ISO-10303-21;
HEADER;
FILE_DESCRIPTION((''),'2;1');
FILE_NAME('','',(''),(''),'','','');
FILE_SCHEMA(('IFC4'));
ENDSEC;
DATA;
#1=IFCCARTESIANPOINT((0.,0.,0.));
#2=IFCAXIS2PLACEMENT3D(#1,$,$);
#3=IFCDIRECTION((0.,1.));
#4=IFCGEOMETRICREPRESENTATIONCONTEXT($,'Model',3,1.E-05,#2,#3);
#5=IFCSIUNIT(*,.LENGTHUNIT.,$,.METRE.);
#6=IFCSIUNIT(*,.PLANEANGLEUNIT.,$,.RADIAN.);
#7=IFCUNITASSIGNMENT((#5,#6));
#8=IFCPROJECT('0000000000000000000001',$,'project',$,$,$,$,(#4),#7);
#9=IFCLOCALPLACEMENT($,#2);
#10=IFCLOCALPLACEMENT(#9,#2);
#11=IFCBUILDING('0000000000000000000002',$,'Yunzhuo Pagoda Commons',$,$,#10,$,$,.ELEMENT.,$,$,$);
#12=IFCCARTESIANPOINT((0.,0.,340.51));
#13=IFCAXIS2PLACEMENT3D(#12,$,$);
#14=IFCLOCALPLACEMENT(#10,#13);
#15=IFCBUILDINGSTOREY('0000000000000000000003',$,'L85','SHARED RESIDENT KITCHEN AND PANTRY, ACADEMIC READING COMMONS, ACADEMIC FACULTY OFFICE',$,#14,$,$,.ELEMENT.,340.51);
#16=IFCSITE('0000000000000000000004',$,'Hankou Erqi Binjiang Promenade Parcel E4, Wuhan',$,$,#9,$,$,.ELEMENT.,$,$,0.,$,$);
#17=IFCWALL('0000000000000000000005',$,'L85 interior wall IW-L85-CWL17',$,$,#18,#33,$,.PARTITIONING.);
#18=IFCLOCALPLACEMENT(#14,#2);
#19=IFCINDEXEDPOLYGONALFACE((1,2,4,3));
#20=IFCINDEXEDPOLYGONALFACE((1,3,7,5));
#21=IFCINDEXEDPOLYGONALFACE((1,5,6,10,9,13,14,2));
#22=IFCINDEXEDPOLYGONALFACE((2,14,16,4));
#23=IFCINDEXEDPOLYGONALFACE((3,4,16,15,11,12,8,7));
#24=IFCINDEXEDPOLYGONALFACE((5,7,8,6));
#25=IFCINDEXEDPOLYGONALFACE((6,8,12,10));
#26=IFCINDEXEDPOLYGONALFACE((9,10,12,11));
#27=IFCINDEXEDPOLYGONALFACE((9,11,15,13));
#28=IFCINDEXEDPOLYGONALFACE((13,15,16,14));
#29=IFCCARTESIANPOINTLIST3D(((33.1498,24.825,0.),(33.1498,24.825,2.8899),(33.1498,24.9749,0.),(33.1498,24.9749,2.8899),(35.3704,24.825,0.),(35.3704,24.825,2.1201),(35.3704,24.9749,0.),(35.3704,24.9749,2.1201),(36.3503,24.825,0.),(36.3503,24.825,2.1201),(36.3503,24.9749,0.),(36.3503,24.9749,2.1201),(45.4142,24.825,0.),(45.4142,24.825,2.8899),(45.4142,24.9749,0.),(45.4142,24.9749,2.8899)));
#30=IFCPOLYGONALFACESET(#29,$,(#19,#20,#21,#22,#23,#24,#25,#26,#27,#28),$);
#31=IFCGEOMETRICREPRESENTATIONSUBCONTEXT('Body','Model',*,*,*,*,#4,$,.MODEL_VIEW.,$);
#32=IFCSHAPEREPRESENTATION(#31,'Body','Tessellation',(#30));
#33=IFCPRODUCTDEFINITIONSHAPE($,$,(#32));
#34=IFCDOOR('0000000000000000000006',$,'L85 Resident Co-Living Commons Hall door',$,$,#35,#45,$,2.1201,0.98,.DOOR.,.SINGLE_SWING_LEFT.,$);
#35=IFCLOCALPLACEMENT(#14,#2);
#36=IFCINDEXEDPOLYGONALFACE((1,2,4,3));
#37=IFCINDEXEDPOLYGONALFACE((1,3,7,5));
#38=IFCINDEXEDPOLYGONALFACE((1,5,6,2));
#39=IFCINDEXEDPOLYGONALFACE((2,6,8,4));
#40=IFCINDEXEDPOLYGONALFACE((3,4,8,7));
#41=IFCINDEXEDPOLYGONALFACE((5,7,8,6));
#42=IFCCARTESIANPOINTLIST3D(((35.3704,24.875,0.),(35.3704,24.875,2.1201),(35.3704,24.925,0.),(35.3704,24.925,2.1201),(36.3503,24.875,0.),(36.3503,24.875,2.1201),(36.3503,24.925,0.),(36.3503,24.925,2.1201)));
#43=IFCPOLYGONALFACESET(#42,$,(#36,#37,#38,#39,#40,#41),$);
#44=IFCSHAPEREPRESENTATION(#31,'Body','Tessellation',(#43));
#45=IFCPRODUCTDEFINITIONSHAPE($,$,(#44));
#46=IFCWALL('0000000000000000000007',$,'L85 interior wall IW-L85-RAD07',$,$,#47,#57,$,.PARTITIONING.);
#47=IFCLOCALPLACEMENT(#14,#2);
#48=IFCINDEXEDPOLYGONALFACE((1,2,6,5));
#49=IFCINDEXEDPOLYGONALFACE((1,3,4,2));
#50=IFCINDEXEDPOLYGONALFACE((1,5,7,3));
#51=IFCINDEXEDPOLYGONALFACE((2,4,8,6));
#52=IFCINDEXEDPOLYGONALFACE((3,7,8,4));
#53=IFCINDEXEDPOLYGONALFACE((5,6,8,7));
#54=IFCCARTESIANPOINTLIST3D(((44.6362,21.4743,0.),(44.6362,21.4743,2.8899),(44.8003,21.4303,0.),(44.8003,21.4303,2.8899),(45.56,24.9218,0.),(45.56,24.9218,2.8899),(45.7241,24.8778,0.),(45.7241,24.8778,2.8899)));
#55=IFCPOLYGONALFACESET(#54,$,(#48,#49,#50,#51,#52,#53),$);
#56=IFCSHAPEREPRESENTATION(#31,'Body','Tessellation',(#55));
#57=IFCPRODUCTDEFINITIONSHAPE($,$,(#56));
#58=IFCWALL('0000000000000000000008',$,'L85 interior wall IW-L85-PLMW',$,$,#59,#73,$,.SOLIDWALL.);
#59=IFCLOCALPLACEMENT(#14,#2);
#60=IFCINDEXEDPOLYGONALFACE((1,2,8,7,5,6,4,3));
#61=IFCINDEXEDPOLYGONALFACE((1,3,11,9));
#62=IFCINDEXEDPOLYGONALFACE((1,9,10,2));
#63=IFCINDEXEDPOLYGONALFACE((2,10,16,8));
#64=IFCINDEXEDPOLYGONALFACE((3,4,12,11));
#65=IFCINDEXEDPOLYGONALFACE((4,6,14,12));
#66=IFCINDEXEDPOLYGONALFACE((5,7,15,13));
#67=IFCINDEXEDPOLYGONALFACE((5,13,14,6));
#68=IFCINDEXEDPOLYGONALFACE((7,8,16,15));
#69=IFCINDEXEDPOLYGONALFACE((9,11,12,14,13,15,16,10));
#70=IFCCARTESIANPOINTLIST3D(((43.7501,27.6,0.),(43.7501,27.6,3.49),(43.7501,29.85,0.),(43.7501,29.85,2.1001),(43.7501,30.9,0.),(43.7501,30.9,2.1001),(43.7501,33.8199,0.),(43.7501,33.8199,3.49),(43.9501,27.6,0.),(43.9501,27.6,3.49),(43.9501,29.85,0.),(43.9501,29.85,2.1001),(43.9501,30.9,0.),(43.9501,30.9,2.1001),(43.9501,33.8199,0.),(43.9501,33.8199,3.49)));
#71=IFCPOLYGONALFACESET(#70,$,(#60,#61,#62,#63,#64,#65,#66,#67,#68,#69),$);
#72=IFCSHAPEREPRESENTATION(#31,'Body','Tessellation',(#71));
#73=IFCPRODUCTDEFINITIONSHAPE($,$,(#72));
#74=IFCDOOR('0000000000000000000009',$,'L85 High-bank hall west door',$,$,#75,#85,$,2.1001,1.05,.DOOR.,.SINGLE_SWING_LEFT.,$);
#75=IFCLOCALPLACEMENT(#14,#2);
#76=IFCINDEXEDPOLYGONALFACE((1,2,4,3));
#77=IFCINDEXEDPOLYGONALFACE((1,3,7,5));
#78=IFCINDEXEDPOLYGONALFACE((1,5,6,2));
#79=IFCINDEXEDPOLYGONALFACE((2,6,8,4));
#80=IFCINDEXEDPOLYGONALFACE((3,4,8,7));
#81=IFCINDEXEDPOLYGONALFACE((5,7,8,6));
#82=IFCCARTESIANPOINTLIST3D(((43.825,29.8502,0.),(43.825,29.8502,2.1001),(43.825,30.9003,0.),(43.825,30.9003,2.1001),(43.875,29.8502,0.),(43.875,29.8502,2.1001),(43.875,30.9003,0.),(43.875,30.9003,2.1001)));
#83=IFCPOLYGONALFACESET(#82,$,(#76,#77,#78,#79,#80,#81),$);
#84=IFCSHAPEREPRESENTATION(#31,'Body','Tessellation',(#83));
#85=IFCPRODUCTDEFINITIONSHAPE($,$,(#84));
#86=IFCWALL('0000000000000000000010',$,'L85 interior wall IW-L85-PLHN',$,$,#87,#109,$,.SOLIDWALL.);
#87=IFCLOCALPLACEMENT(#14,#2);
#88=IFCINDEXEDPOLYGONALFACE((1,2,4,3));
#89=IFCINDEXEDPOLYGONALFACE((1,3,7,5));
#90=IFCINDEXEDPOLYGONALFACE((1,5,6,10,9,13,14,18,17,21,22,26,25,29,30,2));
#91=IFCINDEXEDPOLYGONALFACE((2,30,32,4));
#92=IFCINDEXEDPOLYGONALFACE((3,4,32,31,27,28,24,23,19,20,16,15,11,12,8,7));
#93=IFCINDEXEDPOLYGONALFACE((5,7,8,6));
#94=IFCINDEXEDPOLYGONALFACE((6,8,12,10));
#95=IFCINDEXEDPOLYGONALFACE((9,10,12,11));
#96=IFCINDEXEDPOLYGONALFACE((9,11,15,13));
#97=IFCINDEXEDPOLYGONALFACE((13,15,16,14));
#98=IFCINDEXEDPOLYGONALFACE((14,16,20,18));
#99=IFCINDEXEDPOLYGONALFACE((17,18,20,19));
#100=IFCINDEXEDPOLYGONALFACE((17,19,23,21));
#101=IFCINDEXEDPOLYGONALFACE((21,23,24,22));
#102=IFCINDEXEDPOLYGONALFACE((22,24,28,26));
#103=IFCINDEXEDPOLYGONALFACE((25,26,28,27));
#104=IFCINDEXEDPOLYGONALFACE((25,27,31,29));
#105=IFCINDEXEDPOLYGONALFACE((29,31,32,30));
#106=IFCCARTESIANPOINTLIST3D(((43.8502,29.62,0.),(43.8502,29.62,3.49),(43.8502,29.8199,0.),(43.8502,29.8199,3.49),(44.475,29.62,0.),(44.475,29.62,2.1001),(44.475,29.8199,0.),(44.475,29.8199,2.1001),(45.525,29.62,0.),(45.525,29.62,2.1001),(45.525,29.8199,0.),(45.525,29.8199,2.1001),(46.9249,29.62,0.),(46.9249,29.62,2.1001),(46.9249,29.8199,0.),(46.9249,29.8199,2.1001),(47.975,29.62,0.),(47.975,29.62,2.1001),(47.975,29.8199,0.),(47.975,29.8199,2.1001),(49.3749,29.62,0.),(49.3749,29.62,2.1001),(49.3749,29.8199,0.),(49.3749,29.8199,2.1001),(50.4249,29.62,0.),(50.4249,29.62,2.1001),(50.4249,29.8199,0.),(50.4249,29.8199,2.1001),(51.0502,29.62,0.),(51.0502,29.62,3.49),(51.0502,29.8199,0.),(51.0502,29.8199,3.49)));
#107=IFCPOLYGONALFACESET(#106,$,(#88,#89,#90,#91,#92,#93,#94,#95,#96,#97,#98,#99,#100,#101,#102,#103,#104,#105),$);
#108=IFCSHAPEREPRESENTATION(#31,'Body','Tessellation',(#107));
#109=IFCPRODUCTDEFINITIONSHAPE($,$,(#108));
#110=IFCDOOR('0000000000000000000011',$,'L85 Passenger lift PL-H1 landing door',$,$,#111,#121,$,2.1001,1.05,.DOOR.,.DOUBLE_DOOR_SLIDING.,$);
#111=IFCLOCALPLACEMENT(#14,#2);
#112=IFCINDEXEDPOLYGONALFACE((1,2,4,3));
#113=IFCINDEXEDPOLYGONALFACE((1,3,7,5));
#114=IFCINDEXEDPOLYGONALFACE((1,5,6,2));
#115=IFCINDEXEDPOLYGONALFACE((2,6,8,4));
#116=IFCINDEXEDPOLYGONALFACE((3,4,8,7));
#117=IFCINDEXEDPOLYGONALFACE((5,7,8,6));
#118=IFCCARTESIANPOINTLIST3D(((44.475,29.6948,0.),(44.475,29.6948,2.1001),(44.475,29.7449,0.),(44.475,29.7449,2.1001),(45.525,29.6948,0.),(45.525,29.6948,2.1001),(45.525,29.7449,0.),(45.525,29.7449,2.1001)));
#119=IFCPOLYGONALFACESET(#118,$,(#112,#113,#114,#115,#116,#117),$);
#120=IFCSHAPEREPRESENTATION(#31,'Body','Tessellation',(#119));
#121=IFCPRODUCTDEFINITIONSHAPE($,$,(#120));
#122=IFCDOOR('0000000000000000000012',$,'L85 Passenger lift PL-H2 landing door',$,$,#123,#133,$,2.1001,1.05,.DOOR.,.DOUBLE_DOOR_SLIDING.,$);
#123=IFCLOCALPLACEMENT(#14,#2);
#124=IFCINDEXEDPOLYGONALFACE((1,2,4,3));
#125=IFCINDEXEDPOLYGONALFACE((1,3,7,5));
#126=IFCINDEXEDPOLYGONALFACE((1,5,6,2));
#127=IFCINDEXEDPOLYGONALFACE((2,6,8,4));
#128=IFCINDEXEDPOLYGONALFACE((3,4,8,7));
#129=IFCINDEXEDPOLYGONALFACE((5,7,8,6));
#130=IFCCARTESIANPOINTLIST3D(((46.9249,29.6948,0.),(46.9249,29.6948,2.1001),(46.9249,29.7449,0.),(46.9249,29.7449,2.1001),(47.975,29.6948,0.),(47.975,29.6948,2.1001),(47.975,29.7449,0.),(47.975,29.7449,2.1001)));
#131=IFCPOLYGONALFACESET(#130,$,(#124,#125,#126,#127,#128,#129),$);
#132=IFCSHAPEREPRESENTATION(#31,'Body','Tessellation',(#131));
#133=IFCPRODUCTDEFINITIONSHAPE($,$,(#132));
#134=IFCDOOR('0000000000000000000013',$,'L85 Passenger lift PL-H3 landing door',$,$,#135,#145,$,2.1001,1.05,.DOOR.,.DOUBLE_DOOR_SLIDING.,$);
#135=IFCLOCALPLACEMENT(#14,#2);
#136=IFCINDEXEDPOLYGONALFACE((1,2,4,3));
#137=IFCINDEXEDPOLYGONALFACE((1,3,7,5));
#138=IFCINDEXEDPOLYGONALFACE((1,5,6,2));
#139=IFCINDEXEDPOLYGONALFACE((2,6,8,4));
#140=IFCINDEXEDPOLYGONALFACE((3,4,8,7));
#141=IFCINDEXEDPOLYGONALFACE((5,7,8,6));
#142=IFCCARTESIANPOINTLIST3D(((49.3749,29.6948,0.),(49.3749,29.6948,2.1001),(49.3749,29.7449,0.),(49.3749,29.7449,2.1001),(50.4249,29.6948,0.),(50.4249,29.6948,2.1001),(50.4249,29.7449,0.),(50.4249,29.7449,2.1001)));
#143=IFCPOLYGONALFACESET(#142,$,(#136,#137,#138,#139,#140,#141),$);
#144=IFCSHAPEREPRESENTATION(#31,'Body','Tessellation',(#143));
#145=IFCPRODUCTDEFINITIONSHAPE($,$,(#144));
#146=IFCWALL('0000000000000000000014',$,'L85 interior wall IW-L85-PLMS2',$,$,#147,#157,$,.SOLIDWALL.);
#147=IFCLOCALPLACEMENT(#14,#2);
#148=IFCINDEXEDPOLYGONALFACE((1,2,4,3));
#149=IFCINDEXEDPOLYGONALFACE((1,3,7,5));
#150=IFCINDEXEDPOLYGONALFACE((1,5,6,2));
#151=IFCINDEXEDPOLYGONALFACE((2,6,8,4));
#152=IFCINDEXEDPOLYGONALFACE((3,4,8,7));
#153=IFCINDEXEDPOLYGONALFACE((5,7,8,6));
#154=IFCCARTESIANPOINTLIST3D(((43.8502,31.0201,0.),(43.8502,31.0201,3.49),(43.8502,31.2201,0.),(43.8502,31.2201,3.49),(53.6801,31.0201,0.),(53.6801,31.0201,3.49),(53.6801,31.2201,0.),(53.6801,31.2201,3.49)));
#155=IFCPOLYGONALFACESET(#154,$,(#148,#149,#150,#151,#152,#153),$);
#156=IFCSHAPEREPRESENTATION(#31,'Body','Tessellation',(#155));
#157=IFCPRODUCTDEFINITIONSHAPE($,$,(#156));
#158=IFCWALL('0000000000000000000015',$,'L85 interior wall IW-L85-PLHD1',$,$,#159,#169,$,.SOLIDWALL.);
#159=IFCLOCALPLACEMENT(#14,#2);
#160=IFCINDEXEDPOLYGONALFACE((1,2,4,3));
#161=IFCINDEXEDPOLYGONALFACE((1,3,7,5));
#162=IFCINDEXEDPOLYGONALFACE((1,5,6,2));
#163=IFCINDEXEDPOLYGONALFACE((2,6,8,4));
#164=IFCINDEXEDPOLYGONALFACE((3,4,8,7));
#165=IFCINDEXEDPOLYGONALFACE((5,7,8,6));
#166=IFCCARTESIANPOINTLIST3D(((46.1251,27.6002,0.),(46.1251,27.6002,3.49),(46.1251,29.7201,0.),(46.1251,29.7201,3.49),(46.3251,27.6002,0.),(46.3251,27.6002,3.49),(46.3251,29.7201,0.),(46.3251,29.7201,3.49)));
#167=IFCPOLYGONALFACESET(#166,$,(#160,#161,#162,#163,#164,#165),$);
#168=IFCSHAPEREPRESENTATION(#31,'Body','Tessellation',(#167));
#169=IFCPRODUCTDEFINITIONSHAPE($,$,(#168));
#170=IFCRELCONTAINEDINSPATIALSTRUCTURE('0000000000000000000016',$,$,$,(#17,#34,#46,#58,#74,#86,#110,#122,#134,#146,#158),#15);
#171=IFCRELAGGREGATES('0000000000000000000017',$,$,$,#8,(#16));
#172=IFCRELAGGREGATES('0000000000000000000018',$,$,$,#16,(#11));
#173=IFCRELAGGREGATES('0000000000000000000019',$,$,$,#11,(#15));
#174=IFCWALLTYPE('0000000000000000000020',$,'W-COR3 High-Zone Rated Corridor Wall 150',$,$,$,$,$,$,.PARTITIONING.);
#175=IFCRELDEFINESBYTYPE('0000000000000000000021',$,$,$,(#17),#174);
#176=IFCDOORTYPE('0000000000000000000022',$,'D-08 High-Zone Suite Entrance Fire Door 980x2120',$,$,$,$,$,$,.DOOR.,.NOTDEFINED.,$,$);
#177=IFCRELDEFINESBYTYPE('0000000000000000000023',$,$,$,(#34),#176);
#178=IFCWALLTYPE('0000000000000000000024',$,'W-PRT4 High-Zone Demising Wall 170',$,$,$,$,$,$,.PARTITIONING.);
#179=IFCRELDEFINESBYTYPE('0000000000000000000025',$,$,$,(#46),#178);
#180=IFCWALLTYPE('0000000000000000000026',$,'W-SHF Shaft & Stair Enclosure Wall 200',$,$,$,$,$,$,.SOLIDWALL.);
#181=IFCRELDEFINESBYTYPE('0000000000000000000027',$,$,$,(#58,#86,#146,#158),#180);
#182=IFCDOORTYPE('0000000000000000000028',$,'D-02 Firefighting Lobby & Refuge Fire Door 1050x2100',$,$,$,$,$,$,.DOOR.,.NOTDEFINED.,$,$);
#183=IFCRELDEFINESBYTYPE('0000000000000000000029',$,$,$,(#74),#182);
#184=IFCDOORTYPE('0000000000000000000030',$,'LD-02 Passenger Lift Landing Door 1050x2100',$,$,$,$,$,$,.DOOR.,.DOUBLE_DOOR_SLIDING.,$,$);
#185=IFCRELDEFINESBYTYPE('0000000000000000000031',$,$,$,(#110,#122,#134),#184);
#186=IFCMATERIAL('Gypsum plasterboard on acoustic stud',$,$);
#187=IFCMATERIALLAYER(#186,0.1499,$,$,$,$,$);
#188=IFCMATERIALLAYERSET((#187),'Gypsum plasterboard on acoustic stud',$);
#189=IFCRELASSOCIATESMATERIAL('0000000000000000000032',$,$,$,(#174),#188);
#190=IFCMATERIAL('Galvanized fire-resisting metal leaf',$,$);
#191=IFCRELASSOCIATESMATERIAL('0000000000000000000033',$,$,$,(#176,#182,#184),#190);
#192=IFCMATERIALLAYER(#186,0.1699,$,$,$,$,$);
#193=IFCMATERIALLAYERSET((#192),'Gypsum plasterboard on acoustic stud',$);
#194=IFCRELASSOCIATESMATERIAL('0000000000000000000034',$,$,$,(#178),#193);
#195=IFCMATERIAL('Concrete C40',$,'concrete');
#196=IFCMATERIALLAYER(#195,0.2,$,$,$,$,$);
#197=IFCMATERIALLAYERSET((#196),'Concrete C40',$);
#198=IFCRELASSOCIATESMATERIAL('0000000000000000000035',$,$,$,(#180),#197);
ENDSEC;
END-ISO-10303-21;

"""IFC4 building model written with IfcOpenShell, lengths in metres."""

from ifc_helpers import new_model, si_unit, direction, frame, frame_2d, origin, origin_with_axes, place, context, subcontext, project, spatial, rectangle, extrude, source, transform, mapped, material, layer, layer_set, type_object, element, fill, save


model = new_model("IFC4")

# Units and contexts
model_context = context("Model", 3, precision=1e-05, world=origin(), true_north=direction((0.0, 1.0)))
body_context = subcontext(model_context, "Body", "Model", "MODEL_VIEW")
ifc_project = project(units=[si_unit("LENGTHUNIT", "METRE"), si_unit("PLANEANGLEUNIT", "RADIAN")], contexts=[model_context])

# Site, building, storey
site_placement = place(None, origin())
site = spatial("IfcSite", under=ifc_project, at=site_placement, Name="Hankou Erqi Binjiang Promenade Parcel E4, Wuhan", CompositionType="ELEMENT", RefElevation=0.0)
building_placement = place(site_placement, origin())
building = spatial("IfcBuilding", under=site, at=building_placement, Name="Yunzhuo Pagoda Commons", CompositionType="ELEMENT")
storey_placement = place(building_placement, frame((0.0, 0.0, 340.51)))
storey = spatial("IfcBuildingStorey", under=building, at=storey_placement, Name="L85", Description="SHARED RESIDENT KITCHEN AND PANTRY, ACADEMIC READING COMMONS, ACADEMIC FACULTY OFFICE", CompositionType="ELEMENT", Elevation=340.51)

# Shared definitions
ifc_material_1 = material(Name="Gypsum plasterboard on acoustic stud")
ifc_layer_1 = layer(ifc_material_1, 0.1499)
ifc_layer_set_1 = layer_set([ifc_layer_1], Name="Gypsum plasterboard on acoustic stud")
wall_type_1 = type_object("IfcWallType", Name="W-COR3 High-Zone Rated Corridor Wall 150", PredefinedType="PARTITIONING", material=ifc_layer_set_1)
ifc_material_2 = material(Name="Galvanized fire-resisting metal leaf")

# Wall, opening, door
wall_1_placement = place(storey_placement, frame((45.4143, 24.8999, 0.0), z_axis=(0.0, 0.0, 1.0), x_axis=(-1.0, 0.0, 0.0)))
wall_1 = element("IfcWall", 1, at=wall_1_placement, inside=storey, type_object=wall_type_1, Name="L85 interior wall IW-L85-CWL17", PredefinedType="PARTITIONING", context=body_context, shape_type="SweptSolid", body=[
    extrude(rectangle(XDim=12.2644, YDim=0.1499, at=frame_2d((6.1323, 0.0))), origin(), (0.0, 0.0, 1.0), 2.8899),
])
opening_1_placement = place(wall_1_placement, frame((9.064, 0.0, 0.0)))
opening_1 = element("IfcOpeningElement", 2, at=opening_1_placement, cuts=wall_1, PredefinedType="OPENING", context=body_context, shape_type="SweptSolid", body=[
    extrude(rectangle(XDim=0.98, YDim=2.1201, at=frame_2d((0.49, 1.0601))), frame((0.0, 0.085, 0.0), z_axis=(0.0, -1.0, 0.0), x_axis=(1.0, 0.0, 0.0)), (0.0, 0.0, 1.0), 0.1699),
])
door_type_1 = type_object("IfcDoorType", Name="D-08 High-Zone Suite Entrance Fire Door 980x2120", OperationType="NOTDEFINED", PredefinedType="DOOR", material=ifc_material_2)
shared_shape_1 = source(origin(), body_context, "Body", "SweptSolid", [
    extrude(rectangle(XDim=0.98, YDim=2.1201, at=frame_2d((0.49, 1.0601))), frame((0.0, 0.0249, 0.0), z_axis=(0.0, -1.0, 0.0), x_axis=(1.0, 0.0, 0.0)), (0.0, 0.0, 1.0), 0.05),
])
door_1_placement = place(opening_1_placement, origin_with_axes())
door_1 = element("IfcDoor", 3, at=door_1_placement, inside=storey, type_object=door_type_1, Name="L85 Resident Co-Living Commons Hall door", OperationType="SINGLE_SWING_LEFT", OverallHeight=2.1201, OverallWidth=0.98, PredefinedType="DOOR", context=body_context, shape_type="MappedRepresentation", body=[
    mapped(shared_shape_1, transform((0.0, 0.0, 0.0), scale=1.0)),
])
fill(opening_1, door_1)

# Wall
ifc_layer_2 = layer(ifc_material_1, 0.1699)
ifc_layer_set_2 = layer_set([ifc_layer_2], Name="Gypsum plasterboard on acoustic stud")
wall_type_2 = type_object("IfcWallType", Name="W-PRT4 High-Zone Demising Wall 170", PredefinedType="PARTITIONING", material=ifc_layer_set_2)
wall_2_placement = place(storey_placement, frame((45.6421, 24.8999, 0.0), z_axis=(0.0, 0.0, 1.0), x_axis=(-0.258838, -0.965921, 0.0)))
element("IfcWall", 4, at=wall_2_placement, inside=storey, type_object=wall_type_2, Name="L85 interior wall IW-L85-RAD07", PredefinedType="PARTITIONING", context=body_context, shape_type="SweptSolid", body=[
    extrude(rectangle(XDim=3.5691, YDim=0.1699, at=frame_2d((1.7847, 0.0))), origin(), (0.0, 0.0, 1.0), 2.8899),
])

# Wall, opening, door
ifc_material_3 = material(Name="Concrete C40", Category="concrete")
ifc_layer_3 = layer(ifc_material_3, 0.2)
ifc_layer_set_3 = layer_set([ifc_layer_3], Name="Concrete C40")
wall_type_3 = type_object("IfcWallType", Name="W-SHF Shaft & Stair Enclosure Wall 200", PredefinedType="SOLIDWALL", material=ifc_layer_set_3)
wall_3_placement = place(storey_placement, frame((43.8501, 27.6001, 0.0), z_axis=(0.0, 0.0, 1.0), x_axis=(0.0, 1.0, 0.0)))
wall_3 = element("IfcWall", 5, at=wall_3_placement, inside=storey, type_object=wall_type_3, Name="L85 interior wall IW-L85-PLMW", PredefinedType="SOLIDWALL", context=body_context, shape_type="SweptSolid", body=[
    extrude(rectangle(XDim=6.22, YDim=0.2, at=frame_2d((3.1099, 0.0))), origin(), (0.0, 0.0, 1.0), 3.49),
])
opening_2_placement = place(wall_3_placement, frame((2.25, 0.0, 0.0)))
opening_2 = element("IfcOpeningElement", 6, at=opening_2_placement, cuts=wall_3, PredefinedType="OPENING", context=body_context, shape_type="SweptSolid", body=[
    extrude(rectangle(XDim=1.05, YDim=2.1001, at=frame_2d((0.5249, 1.05))), frame((0.0, 0.1099, 0.0), z_axis=(0.0, -1.0, 0.0), x_axis=(1.0, 0.0, 0.0)), (0.0, 0.0, 1.0), 0.22),
])
door_type_2 = type_object("IfcDoorType", Name="D-02 Firefighting Lobby & Refuge Fire Door 1050x2100", OperationType="NOTDEFINED", PredefinedType="DOOR", material=ifc_material_2)
shared_shape_2 = source(origin(), body_context, "Body", "SweptSolid", [
    extrude(rectangle(XDim=1.05, YDim=2.1001, at=frame_2d((0.5249, 1.05))), frame((0.0, 0.0249, 0.0), z_axis=(0.0, -1.0, 0.0), x_axis=(1.0, 0.0, 0.0)), (0.0, 0.0, 1.0), 0.05),
])
door_2_placement = place(opening_2_placement, frame((1.05, 0.0, 0.0), z_axis=(0.0, 0.0, 1.0), x_axis=(-1.0, 0.0, 0.0)))
door_2 = element("IfcDoor", 7, at=door_2_placement, inside=storey, type_object=door_type_2, Name="L85 High-bank hall west door", OperationType="SINGLE_SWING_LEFT", OverallHeight=2.1001, OverallWidth=1.05, PredefinedType="DOOR", context=body_context, shape_type="MappedRepresentation", body=[
    mapped(shared_shape_2, transform((0.0, 0.0, 0.0), scale=1.0)),
])
fill(opening_2, door_2)

# Wall, openings, doors
wall_4_placement = place(storey_placement, frame((43.8501, 29.72, 0.0), z_axis=(0.0, 0.0, 1.0), x_axis=(1.0, 0.0, 0.0)))
wall_4 = element("IfcWall", 8, at=wall_4_placement, inside=storey, type_object=wall_type_3, Name="L85 interior wall IW-L85-PLHN", PredefinedType="SOLIDWALL", context=body_context, shape_type="SweptSolid", body=[
    extrude(rectangle(XDim=7.2, YDim=0.2, at=frame_2d((3.6001, 0.0))), origin(), (0.0, 0.0, 1.0), 3.49),
])
opening_3_placement = place(wall_4_placement, frame((0.625, 0.0, 0.0)))
opening_3 = element("IfcOpeningElement", 9, at=opening_3_placement, cuts=wall_4, PredefinedType="OPENING", context=body_context, shape_type="SweptSolid", body=[
    extrude(rectangle(XDim=1.05, YDim=2.1001, at=frame_2d((0.5249, 1.05))), frame((0.0, 0.1099, 0.0), z_axis=(0.0, -1.0, 0.0), x_axis=(1.0, 0.0, 0.0)), (0.0, 0.0, 1.0), 0.22),
])
opening_4_placement = place(wall_4_placement, frame((3.075, 0.0, 0.0)))
opening_4 = element("IfcOpeningElement", 10, at=opening_4_placement, cuts=wall_4, PredefinedType="OPENING", context=body_context, shape_type="SweptSolid", body=[
    extrude(rectangle(XDim=1.05, YDim=2.1001, at=frame_2d((0.5249, 1.05))), frame((0.0, 0.1099, 0.0), z_axis=(0.0, -1.0, 0.0), x_axis=(1.0, 0.0, 0.0)), (0.0, 0.0, 1.0), 0.22),
])
opening_5_placement = place(wall_4_placement, frame((5.5249, 0.0, 0.0)))
opening_5 = element("IfcOpeningElement", 11, at=opening_5_placement, cuts=wall_4, PredefinedType="OPENING", context=body_context, shape_type="SweptSolid", body=[
    extrude(rectangle(XDim=1.05, YDim=2.1001, at=frame_2d((0.5249, 1.05))), frame((0.0, 0.1099, 0.0), z_axis=(0.0, -1.0, 0.0), x_axis=(1.0, 0.0, 0.0)), (0.0, 0.0, 1.0), 0.22),
])
door_type_3 = type_object("IfcDoorType", Name="LD-02 Passenger Lift Landing Door 1050x2100", OperationType="DOUBLE_DOOR_SLIDING", PredefinedType="DOOR", material=ifc_material_2)
door_3_placement = place(opening_3_placement, origin_with_axes())
door_3 = element("IfcDoor", 12, at=door_3_placement, inside=storey, type_object=door_type_3, Name="L85 Passenger lift PL-H1 landing door", OperationType="DOUBLE_DOOR_SLIDING", OverallHeight=2.1001, OverallWidth=1.05, PredefinedType="DOOR", context=body_context, shape_type="MappedRepresentation", body=[
    mapped(shared_shape_2, transform((0.0, 0.0, 0.0), scale=1.0)),
])
fill(opening_3, door_3)
door_4_placement = place(opening_4_placement, origin_with_axes())
door_4 = element("IfcDoor", 13, at=door_4_placement, inside=storey, type_object=door_type_3, Name="L85 Passenger lift PL-H2 landing door", OperationType="DOUBLE_DOOR_SLIDING", OverallHeight=2.1001, OverallWidth=1.05, PredefinedType="DOOR", context=body_context, shape_type="MappedRepresentation", body=[
    mapped(shared_shape_2, transform((0.0, 0.0, 0.0), scale=1.0)),
])
fill(opening_4, door_4)
door_5_placement = place(opening_5_placement, origin_with_axes())
door_5 = element("IfcDoor", 14, at=door_5_placement, inside=storey, type_object=door_type_3, Name="L85 Passenger lift PL-H3 landing door", OperationType="DOUBLE_DOOR_SLIDING", OverallHeight=2.1001, OverallWidth=1.05, PredefinedType="DOOR", context=body_context, shape_type="MappedRepresentation", body=[
    mapped(shared_shape_2, transform((0.0, 0.0, 0.0), scale=1.0)),
])
fill(opening_5, door_5)

# Walls
wall_5_placement = place(storey_placement, frame((43.8501, 31.1201, 0.0), z_axis=(0.0, 0.0, 1.0), x_axis=(1.0, 0.0, 0.0)))
element("IfcWall", 15, at=wall_5_placement, inside=storey, type_object=wall_type_3, Name="L85 interior wall IW-L85-PLMS2", PredefinedType="SOLIDWALL", context=body_context, shape_type="SweptSolid", body=[
    extrude(rectangle(XDim=9.8298, YDim=0.2, at=frame_2d((4.915, 0.0))), origin(), (0.0, 0.0, 1.0), 3.49),
])
wall_6_placement = place(storey_placement, frame((46.2251, 27.6001, 0.0), z_axis=(0.0, 0.0, 1.0), x_axis=(0.0, 1.0, 0.0)))
element("IfcWall", 16, at=wall_6_placement, inside=storey, type_object=wall_type_3, Name="L85 interior wall IW-L85-PLHD1", PredefinedType="SOLIDWALL", context=body_context, shape_type="SweptSolid", body=[
    extrude(rectangle(XDim=2.1199, YDim=0.2, at=frame_2d((1.0601, 0.0))), origin(), (0.0, 0.0, 1.0), 3.49),
])

save(model, "model.ifc")
